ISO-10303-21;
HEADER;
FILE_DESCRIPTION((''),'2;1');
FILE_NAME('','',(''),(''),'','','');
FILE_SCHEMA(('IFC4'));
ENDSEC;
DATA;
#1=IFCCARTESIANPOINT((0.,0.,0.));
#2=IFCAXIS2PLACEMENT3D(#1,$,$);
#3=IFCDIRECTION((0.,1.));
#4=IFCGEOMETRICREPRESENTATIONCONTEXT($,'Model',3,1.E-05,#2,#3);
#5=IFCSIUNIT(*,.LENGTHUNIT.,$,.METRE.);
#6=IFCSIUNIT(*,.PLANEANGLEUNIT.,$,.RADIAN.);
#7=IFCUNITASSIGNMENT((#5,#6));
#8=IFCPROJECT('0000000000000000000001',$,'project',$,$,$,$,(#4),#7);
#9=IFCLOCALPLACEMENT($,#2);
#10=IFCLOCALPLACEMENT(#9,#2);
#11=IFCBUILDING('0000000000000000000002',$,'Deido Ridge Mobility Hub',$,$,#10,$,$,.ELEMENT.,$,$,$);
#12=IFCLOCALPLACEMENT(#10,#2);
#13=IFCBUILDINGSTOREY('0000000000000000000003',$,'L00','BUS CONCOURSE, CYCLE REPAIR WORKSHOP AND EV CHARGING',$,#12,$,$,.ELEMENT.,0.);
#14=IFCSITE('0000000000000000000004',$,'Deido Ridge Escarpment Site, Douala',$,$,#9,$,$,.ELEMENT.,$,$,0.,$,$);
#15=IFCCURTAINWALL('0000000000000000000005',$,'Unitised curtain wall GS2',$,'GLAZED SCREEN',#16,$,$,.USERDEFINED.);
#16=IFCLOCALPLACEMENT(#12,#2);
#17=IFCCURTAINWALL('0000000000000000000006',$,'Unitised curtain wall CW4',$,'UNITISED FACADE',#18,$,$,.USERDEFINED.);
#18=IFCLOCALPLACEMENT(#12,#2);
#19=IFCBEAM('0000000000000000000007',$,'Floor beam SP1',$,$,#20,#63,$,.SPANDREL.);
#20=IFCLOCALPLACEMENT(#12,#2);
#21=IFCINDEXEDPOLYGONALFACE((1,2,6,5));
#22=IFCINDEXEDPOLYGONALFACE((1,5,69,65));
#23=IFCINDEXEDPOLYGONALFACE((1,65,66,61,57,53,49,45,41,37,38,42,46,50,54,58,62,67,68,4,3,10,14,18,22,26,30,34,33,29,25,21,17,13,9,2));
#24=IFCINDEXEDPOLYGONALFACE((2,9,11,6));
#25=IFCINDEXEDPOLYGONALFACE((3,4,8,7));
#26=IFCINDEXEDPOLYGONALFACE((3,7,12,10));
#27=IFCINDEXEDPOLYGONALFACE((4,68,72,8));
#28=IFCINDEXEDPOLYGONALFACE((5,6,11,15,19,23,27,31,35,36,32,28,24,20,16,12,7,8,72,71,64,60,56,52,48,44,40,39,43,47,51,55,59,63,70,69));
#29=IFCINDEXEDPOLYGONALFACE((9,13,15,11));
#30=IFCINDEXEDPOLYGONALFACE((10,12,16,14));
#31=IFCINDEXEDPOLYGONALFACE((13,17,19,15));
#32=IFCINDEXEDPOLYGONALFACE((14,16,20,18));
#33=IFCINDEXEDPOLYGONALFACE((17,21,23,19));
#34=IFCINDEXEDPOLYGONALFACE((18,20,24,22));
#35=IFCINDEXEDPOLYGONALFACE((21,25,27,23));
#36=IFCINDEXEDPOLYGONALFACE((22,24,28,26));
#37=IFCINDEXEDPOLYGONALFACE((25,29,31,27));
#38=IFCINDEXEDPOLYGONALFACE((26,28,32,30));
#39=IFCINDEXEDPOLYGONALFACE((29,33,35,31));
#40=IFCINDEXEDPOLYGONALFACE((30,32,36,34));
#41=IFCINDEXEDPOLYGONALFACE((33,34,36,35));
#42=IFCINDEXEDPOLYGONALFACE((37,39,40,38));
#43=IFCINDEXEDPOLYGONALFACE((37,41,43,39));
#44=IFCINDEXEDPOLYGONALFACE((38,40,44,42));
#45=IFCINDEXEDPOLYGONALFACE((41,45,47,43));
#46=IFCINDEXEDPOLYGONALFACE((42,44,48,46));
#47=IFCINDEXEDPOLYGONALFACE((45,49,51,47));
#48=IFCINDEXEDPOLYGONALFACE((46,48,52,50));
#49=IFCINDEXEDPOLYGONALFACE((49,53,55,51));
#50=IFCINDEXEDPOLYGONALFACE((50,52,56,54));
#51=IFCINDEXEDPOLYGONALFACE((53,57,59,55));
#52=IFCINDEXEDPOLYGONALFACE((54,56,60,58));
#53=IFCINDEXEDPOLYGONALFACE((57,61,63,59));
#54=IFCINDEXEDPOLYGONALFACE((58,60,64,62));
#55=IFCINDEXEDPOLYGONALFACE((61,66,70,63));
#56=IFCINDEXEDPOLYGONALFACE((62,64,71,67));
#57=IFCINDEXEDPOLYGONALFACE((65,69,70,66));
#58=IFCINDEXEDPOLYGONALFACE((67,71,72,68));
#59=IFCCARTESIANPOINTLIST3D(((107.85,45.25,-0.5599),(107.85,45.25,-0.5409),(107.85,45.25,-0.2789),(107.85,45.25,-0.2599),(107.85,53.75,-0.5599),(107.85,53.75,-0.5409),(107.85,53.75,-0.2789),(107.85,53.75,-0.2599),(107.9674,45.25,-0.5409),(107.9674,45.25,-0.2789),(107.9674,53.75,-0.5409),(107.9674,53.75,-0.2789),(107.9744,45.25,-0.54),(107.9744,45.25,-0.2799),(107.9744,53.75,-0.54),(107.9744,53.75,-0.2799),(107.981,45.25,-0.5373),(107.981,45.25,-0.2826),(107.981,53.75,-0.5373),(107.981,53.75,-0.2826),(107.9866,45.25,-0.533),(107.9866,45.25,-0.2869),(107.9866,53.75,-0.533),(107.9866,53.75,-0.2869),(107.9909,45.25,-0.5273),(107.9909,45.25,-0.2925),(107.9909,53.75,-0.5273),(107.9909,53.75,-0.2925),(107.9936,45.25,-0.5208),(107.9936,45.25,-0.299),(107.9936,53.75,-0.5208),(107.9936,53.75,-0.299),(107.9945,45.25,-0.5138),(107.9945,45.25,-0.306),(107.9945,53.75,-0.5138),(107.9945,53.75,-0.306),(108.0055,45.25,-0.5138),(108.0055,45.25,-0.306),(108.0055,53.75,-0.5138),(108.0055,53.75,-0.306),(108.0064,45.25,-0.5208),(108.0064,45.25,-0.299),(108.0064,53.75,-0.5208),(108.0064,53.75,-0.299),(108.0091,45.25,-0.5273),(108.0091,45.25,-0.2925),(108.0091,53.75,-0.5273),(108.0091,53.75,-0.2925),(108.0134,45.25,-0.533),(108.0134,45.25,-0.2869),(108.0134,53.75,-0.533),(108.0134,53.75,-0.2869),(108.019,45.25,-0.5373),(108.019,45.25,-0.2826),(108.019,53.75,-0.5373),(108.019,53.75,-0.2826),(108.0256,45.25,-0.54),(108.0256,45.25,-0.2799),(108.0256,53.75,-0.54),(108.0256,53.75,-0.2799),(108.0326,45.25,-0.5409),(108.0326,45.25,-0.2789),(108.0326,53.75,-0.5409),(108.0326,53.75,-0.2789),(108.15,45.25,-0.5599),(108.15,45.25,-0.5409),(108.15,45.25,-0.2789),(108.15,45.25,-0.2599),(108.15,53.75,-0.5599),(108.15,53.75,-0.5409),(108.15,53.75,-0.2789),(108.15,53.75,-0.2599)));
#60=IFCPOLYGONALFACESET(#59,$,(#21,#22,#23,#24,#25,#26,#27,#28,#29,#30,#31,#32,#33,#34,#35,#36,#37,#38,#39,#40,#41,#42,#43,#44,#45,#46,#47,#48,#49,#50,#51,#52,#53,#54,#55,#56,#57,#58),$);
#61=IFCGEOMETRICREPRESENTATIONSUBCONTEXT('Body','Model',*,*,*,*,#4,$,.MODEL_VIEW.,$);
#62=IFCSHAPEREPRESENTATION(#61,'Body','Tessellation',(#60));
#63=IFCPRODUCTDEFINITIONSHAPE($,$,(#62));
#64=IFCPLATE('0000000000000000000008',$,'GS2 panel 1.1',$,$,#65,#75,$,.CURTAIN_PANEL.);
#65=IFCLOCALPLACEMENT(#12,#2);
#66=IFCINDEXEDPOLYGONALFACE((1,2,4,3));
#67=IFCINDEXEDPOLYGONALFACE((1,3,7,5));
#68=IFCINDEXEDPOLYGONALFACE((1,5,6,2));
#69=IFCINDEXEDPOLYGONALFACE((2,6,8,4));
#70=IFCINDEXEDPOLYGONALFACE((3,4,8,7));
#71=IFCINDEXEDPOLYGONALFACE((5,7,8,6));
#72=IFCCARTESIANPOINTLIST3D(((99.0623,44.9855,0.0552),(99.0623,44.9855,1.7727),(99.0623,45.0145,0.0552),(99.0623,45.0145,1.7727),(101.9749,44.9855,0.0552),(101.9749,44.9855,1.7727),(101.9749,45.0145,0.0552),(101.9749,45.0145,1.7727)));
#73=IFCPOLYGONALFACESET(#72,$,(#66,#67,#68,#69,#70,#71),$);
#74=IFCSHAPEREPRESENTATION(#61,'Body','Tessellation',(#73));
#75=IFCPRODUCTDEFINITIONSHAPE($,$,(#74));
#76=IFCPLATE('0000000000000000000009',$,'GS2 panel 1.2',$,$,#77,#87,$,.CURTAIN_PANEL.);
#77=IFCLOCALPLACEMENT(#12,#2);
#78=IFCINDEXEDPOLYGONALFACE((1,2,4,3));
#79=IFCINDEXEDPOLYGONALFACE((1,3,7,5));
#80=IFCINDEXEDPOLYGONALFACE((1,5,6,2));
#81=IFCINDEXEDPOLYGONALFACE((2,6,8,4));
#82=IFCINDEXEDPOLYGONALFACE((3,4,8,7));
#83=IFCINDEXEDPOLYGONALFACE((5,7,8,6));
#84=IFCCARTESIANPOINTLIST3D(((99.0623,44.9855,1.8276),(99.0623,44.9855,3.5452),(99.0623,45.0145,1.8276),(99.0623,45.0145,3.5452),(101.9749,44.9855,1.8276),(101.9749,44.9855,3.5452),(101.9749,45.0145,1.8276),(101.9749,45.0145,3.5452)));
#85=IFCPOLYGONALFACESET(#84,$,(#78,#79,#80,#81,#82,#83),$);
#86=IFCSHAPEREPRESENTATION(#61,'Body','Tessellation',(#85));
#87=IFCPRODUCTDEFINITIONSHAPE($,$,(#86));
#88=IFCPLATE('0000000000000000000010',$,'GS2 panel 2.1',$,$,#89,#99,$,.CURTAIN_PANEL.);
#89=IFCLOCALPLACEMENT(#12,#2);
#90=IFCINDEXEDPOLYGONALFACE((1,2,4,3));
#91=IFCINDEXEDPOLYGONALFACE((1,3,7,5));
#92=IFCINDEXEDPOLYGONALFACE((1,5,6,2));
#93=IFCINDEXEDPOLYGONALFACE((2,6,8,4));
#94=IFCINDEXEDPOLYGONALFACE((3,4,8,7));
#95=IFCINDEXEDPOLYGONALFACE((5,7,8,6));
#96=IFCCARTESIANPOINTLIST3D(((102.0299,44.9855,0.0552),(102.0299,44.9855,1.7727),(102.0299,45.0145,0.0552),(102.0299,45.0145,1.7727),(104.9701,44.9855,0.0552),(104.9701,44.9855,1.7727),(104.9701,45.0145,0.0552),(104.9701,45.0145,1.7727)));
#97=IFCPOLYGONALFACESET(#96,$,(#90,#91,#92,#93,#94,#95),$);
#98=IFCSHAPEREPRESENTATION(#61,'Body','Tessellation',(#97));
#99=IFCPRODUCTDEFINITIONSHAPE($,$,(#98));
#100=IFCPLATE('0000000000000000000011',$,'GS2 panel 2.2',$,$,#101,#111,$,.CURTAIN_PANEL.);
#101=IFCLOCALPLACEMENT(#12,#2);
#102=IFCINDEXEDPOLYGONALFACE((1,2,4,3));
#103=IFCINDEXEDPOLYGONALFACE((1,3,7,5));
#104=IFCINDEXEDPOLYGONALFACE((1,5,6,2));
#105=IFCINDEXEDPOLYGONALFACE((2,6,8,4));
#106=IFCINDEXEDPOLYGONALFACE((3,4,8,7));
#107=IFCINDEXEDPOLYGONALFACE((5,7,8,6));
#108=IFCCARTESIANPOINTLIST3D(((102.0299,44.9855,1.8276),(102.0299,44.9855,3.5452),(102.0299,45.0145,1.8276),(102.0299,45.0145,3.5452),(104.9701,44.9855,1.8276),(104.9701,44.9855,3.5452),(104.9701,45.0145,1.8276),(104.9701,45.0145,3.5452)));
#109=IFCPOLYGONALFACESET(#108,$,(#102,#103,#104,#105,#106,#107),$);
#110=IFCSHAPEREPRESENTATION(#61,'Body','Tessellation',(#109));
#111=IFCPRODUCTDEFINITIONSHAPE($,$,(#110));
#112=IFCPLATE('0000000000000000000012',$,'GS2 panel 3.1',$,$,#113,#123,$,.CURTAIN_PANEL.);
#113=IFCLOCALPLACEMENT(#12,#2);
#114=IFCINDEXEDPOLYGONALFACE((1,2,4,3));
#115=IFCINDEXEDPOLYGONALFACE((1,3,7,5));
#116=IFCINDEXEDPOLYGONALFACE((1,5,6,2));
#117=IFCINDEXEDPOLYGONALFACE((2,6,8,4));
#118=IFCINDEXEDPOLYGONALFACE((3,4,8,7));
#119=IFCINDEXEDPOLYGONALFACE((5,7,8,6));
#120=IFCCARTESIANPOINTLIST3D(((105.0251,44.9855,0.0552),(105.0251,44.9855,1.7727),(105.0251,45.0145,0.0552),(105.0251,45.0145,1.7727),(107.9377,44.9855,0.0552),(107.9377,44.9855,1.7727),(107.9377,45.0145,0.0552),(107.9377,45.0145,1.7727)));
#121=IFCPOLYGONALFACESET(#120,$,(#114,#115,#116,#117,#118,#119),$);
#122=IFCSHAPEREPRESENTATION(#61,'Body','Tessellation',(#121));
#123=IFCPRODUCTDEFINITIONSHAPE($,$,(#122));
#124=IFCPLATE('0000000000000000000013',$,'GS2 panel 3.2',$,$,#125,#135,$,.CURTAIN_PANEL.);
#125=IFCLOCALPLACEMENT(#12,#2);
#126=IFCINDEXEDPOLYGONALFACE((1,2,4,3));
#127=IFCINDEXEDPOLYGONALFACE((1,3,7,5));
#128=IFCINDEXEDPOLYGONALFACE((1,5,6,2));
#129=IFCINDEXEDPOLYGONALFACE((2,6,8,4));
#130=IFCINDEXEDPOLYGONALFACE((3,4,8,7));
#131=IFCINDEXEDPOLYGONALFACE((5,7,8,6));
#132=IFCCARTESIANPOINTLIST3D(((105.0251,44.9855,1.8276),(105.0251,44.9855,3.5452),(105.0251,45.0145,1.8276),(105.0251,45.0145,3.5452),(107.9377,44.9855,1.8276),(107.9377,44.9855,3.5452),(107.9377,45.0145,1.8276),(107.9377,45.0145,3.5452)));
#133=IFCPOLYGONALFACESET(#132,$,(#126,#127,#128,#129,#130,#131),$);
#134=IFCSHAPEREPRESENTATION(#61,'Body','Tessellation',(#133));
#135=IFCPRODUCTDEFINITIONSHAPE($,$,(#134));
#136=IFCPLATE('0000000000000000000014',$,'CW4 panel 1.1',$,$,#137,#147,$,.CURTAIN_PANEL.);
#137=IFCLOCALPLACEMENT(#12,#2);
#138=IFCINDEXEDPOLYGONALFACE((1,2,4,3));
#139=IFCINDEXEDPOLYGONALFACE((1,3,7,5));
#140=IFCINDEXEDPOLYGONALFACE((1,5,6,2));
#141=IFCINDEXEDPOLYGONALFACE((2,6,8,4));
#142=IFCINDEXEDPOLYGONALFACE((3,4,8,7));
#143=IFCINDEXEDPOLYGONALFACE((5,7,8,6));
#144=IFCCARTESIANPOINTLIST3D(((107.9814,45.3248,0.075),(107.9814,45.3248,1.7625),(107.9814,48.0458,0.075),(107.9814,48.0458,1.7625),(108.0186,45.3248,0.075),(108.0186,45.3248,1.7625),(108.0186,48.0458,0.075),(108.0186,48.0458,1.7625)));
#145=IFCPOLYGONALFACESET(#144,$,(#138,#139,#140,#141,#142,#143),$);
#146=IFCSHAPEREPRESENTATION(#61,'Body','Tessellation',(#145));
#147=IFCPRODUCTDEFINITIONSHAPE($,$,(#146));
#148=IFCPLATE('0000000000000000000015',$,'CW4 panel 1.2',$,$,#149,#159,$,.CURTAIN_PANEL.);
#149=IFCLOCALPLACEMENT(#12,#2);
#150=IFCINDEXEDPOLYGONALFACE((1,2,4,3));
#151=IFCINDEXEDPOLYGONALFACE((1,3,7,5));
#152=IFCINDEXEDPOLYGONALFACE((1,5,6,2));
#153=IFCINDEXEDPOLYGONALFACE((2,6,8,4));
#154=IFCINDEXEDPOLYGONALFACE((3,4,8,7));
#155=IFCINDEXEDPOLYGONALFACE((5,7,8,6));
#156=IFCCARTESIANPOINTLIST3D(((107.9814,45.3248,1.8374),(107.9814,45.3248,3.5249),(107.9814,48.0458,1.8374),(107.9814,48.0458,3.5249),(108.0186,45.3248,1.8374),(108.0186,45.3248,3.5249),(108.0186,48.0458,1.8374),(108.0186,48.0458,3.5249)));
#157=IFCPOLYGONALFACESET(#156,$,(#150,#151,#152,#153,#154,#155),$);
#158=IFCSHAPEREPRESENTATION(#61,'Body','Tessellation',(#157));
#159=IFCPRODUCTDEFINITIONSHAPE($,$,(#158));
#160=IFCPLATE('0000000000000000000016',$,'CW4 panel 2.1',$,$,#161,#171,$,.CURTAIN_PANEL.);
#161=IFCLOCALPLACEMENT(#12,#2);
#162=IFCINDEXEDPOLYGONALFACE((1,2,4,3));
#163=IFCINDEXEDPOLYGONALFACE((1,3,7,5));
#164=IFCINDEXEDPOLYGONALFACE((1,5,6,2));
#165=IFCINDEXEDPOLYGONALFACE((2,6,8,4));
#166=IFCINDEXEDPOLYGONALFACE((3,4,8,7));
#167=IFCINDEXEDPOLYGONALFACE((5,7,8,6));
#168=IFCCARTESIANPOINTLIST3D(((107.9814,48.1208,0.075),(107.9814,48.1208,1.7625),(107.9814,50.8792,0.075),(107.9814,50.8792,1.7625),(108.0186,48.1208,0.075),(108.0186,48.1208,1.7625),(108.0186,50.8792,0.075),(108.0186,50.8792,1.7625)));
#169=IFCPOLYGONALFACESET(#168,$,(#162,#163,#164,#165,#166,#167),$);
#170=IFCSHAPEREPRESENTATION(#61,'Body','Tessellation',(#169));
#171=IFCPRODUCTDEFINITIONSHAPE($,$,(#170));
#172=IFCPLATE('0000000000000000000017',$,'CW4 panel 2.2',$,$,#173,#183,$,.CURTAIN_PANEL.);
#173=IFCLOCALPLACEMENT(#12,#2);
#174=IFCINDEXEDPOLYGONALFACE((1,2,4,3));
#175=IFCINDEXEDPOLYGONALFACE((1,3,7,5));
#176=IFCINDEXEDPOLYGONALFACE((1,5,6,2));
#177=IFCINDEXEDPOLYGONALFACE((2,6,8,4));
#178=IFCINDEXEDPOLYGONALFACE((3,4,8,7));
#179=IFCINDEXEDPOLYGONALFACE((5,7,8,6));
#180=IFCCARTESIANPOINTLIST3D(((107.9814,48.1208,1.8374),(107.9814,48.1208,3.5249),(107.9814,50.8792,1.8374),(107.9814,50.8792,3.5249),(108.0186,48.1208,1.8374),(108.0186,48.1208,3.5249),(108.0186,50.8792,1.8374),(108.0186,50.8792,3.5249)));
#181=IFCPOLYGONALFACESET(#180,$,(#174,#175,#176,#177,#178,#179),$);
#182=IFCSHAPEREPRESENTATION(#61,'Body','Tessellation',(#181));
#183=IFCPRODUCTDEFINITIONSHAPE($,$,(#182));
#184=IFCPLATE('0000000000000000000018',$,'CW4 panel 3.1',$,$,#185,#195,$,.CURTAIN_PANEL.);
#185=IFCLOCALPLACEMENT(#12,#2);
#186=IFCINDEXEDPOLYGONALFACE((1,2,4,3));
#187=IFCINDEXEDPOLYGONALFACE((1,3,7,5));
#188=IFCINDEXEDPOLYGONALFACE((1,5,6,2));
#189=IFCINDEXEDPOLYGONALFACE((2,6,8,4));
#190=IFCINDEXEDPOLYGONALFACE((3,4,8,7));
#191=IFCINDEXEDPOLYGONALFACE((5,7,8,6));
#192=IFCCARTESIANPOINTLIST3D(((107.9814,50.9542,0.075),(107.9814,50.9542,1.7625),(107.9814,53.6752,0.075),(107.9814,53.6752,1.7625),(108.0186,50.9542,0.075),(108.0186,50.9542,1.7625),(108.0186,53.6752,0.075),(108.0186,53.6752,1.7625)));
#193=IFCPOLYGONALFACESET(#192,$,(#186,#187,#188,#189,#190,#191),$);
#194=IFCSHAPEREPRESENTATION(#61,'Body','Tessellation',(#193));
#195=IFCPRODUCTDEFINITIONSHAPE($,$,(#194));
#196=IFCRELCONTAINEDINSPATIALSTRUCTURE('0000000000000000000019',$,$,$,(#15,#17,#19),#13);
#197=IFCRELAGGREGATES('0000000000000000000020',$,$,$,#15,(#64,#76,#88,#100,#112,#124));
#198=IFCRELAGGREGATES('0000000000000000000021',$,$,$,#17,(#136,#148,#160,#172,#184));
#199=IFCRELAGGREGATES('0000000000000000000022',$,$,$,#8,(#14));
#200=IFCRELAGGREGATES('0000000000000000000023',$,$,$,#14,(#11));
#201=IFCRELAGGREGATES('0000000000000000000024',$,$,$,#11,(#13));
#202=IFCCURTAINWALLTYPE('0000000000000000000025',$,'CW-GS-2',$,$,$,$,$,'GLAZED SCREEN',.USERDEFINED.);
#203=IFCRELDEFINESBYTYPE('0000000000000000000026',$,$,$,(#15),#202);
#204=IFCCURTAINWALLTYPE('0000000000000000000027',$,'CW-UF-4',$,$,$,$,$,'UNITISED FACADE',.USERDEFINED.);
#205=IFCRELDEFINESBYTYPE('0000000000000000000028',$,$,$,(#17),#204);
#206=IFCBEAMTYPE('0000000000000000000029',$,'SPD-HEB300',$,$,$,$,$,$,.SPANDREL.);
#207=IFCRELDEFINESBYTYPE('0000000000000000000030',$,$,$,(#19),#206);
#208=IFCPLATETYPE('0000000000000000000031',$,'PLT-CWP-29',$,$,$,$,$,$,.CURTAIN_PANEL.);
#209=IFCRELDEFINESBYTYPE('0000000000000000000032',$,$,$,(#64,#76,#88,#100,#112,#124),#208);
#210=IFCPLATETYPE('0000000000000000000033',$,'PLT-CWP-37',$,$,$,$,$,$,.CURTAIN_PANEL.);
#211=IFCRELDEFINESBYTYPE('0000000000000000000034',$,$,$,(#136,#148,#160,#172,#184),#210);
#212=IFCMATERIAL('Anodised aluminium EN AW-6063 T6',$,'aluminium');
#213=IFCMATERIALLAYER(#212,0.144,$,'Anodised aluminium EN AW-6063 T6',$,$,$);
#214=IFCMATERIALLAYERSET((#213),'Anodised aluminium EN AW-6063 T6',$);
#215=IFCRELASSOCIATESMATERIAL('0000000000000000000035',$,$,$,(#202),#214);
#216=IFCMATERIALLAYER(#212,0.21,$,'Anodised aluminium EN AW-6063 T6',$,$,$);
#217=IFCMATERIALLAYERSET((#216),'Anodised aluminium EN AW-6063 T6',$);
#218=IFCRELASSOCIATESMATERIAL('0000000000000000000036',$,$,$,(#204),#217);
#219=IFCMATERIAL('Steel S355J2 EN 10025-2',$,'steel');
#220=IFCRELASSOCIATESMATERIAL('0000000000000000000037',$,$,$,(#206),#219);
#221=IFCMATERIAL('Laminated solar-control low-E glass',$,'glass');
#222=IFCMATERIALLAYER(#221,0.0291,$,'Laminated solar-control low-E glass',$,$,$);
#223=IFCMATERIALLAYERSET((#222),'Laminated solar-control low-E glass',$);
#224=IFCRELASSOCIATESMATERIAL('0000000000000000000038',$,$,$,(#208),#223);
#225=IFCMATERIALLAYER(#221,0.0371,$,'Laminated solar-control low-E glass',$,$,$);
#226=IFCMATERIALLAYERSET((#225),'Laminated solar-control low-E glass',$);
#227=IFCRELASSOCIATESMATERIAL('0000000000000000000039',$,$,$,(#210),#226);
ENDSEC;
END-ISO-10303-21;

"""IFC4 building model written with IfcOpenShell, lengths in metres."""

from ifc_helpers import new_model, si_unit, direction, frame, origin, origin_2d, place, context, subcontext, project, spatial, rectangle, i_section, extrude, material, layer, layer_set, material_profile, profile_set, type_object, element, aggregate, save


model = new_model("IFC4")

# Units and contexts
model_context = context("Model", 3, precision=1e-05, world=origin(), true_north=direction((0.0, 1.0)))
body_context = subcontext(model_context, "Body", "Model", "MODEL_VIEW")
ifc_project = project(units=[si_unit("LENGTHUNIT", "METRE"), si_unit("PLANEANGLEUNIT", "RADIAN")], contexts=[model_context])

# Site, building, storey
site_placement = place(None, origin())
site = spatial("IfcSite", under=ifc_project, at=site_placement, Name="Deido Ridge Escarpment Site, Douala", CompositionType="ELEMENT", RefElevation=0.0)
building_placement = place(site_placement, origin())
building = spatial("IfcBuilding", under=site, at=building_placement, Name="Deido Ridge Mobility Hub", CompositionType="ELEMENT")
storey_placement = place(building_placement, origin())
storey = spatial("IfcBuildingStorey", under=building, at=storey_placement, Name="L00", Description="BUS CONCOURSE, CYCLE REPAIR WORKSHOP AND EV CHARGING", CompositionType="ELEMENT", Elevation=0.0)

# Shared definitions
ifc_material_1 = material(Name="Steel S355J2 EN 10025-2", Category="steel")

# Curtain walls
ifc_material_2 = material(Name="Anodised aluminium EN AW-6063 T6", Category="aluminium")
ifc_layer_1 = layer(ifc_material_2, 0.144, Name="Anodised aluminium EN AW-6063 T6")
ifc_layer_set_1 = layer_set([ifc_layer_1], Name="Anodised aluminium EN AW-6063 T6")
curtain_wall_type_1 = type_object("IfcCurtainWallType", Name="CW-GS-2", ElementType="GLAZED SCREEN", PredefinedType="USERDEFINED", material=ifc_layer_set_1)
curtain_wall_1_placement = place(storey_placement, origin())
curtain_wall_1 = element("IfcCurtainWall", 1, at=curtain_wall_1_placement, inside=storey, type_object=curtain_wall_type_1, Name="Unitised curtain wall GS2", ObjectType="GLAZED SCREEN", PredefinedType="USERDEFINED")
ifc_layer_2 = layer(ifc_material_2, 0.21, Name="Anodised aluminium EN AW-6063 T6")
ifc_layer_set_2 = layer_set([ifc_layer_2], Name="Anodised aluminium EN AW-6063 T6")
curtain_wall_type_2 = type_object("IfcCurtainWallType", Name="CW-UF-4", ElementType="UNITISED FACADE", PredefinedType="USERDEFINED", material=ifc_layer_set_2)
curtain_wall_2_placement = place(storey_placement, origin())
curtain_wall_2 = element("IfcCurtainWall", 2, at=curtain_wall_2_placement, inside=storey, type_object=curtain_wall_type_2, Name="Unitised curtain wall CW4", ObjectType="UNITISED FACADE", PredefinedType="USERDEFINED")

# Beam
ifc_material_profile_1 = material_profile(ifc_material_1, i_section(OverallWidth=0.3, OverallDepth=0.3, WebThickness=0.011, FlangeThickness=0.019, FilletRadius=0.0271, at=origin_2d()), Name="HEB 300")
ifc_profile_set_1 = profile_set([ifc_material_profile_1], Name="Steel S355J2 EN 10025-2")
beam_type_1 = type_object("IfcBeamType", Name="SPD-HEB300", PredefinedType="SPANDREL", material=ifc_profile_set_1)
beam_1_placement = place(storey_placement, frame((108.0, 45.25, -0.4099), z_axis=(0.0, 1.0, 0.0), x_axis=(-1.0, 0.0, 0.0)))
element("IfcBeam", 3, at=beam_1_placement, inside=storey, type_object=beam_type_1, Name="Floor beam SP1", PredefinedType="SPANDREL", context=body_context, shape_type="SweptSolid", body=[
    extrude(i_section(OverallWidth=0.3, OverallDepth=0.3, WebThickness=0.011, FlangeThickness=0.019, FilletRadius=0.0271, at=origin_2d()), origin(), (0.0, 0.0, 1.0), 8.5),
])

# Plates
ifc_material_3 = material(Name="Laminated solar-control low-E glass", Category="glass")
ifc_layer_3 = layer(ifc_material_3, 0.0291, Name="Laminated solar-control low-E glass")
ifc_layer_set_3 = layer_set([ifc_layer_3], Name="Laminated solar-control low-E glass")
plate_type_1 = type_object("IfcPlateType", Name="PLT-CWP-29", PredefinedType="CURTAIN_PANEL", material=ifc_layer_set_3)
plate_1_placement = place(storey_placement, frame((100.5186, 45.0, 0.0552), z_axis=(0.0, 0.0, 1.0), x_axis=(1.0, 0.0, 0.0)))
plate_1 = element("IfcPlate", 4, at=plate_1_placement, type_object=plate_type_1, Name="GS2 panel 1.1", PredefinedType="CURTAIN_PANEL", context=body_context, shape_type="SweptSolid", body=[
    extrude(rectangle(XDim=2.9126, YDim=0.0291, at=origin_2d()), origin(), (0.0, 0.0, 1.0), 1.7175),
])
plate_2_placement = place(storey_placement, frame((100.5186, 45.0, 1.8276), z_axis=(0.0, 0.0, 1.0), x_axis=(1.0, 0.0, 0.0)))
plate_2 = element("IfcPlate", 5, at=plate_2_placement, type_object=plate_type_1, Name="GS2 panel 1.2", PredefinedType="CURTAIN_PANEL", context=body_context, shape_type="SweptSolid", body=[
    extrude(rectangle(XDim=2.9126, YDim=0.0291, at=origin_2d()), origin(), (0.0, 0.0, 1.0), 1.7175),
])
plate_3_placement = place(storey_placement, frame((103.5, 45.0, 0.0552), z_axis=(0.0, 0.0, 1.0), x_axis=(1.0, 0.0, 0.0)))
plate_3 = element("IfcPlate", 6, at=plate_3_placement, type_object=plate_type_1, Name="GS2 panel 2.1", PredefinedType="CURTAIN_PANEL", context=body_context, shape_type="SweptSolid", body=[
    extrude(rectangle(XDim=2.9402, YDim=0.0291, at=origin_2d()), origin(), (0.0, 0.0, 1.0), 1.7175),
])
plate_4_placement = place(storey_placement, frame((103.5, 45.0, 1.8276), z_axis=(0.0, 0.0, 1.0), x_axis=(1.0, 0.0, 0.0)))
plate_4 = element("IfcPlate", 7, at=plate_4_placement, type_object=plate_type_1, Name="GS2 panel 2.2", PredefinedType="CURTAIN_PANEL", context=body_context, shape_type="SweptSolid", body=[
    extrude(rectangle(XDim=2.9402, YDim=0.0291, at=origin_2d()), origin(), (0.0, 0.0, 1.0), 1.7175),
])
plate_5_placement = place(storey_placement, frame((106.4814, 45.0, 0.0552), z_axis=(0.0, 0.0, 1.0), x_axis=(1.0, 0.0, 0.0)))
plate_5 = element("IfcPlate", 8, at=plate_5_placement, type_object=plate_type_1, Name="GS2 panel 3.1", PredefinedType="CURTAIN_PANEL", context=body_context, shape_type="SweptSolid", body=[
    extrude(rectangle(XDim=2.9126, YDim=0.0291, at=origin_2d()), origin(), (0.0, 0.0, 1.0), 1.7175),
])
plate_6_placement = place(storey_placement, frame((106.4814, 45.0, 1.8276), z_axis=(0.0, 0.0, 1.0), x_axis=(1.0, 0.0, 0.0)))
plate_6 = element("IfcPlate", 9, at=plate_6_placement, type_object=plate_type_1, Name="GS2 panel 3.2", PredefinedType="CURTAIN_PANEL", context=body_context, shape_type="SweptSolid", body=[
    extrude(rectangle(XDim=2.9126, YDim=0.0291, at=origin_2d()), origin(), (0.0, 0.0, 1.0), 1.7175),
])
aggregate(curtain_wall_1, [plate_1, plate_2, plate_3, plate_4, plate_5, plate_6])
ifc_layer_4 = layer(ifc_material_3, 0.0371, Name="Laminated solar-control low-E glass")
ifc_layer_set_4 = layer_set([ifc_layer_4], Name="Laminated solar-control low-E glass")
plate_type_2 = type_object("IfcPlateType", Name="PLT-CWP-37", PredefinedType="CURTAIN_PANEL", material=ifc_layer_set_4)
plate_7_placement = place(storey_placement, frame((108.0, 46.6853, 0.075), z_axis=(0.0, 0.0, 1.0), x_axis=(0.0, 1.0, 0.0)))
plate_7 = element("IfcPlate", 10, at=plate_7_placement, type_object=plate_type_2, Name="CW4 panel 1.1", PredefinedType="CURTAIN_PANEL", context=body_context, shape_type="SweptSolid", body=[
    extrude(rectangle(XDim=2.7209, YDim=0.0371, at=origin_2d()), origin(), (0.0, 0.0, 1.0), 1.6875),
])
plate_8_placement = place(storey_placement, frame((108.0, 46.6853, 1.8374), z_axis=(0.0, 0.0, 1.0), x_axis=(0.0, 1.0, 0.0)))
plate_8 = element("IfcPlate", 11, at=plate_8_placement, type_object=plate_type_2, Name="CW4 panel 1.2", PredefinedType="CURTAIN_PANEL", context=body_context, shape_type="SweptSolid", body=[
    extrude(rectangle(XDim=2.7209, YDim=0.0371, at=origin_2d()), origin(), (0.0, 0.0, 1.0), 1.6875),
])
plate_9_placement = place(storey_placement, frame((108.0, 49.5, 0.075), z_axis=(0.0, 0.0, 1.0), x_axis=(0.0, 1.0, 0.0)))
plate_9 = element("IfcPlate", 12, at=plate_9_placement, type_object=plate_type_2, Name="CW4 panel 2.1", PredefinedType="CURTAIN_PANEL", context=body_context, shape_type="SweptSolid", body=[
    extrude(rectangle(XDim=2.7583, YDim=0.0371, at=origin_2d()), origin(), (0.0, 0.0, 1.0), 1.6875),
])
plate_10_placement = place(storey_placement, frame((108.0, 49.5, 1.8374), z_axis=(0.0, 0.0, 1.0), x_axis=(0.0, 1.0, 0.0)))
plate_10 = element("IfcPlate", 13, at=plate_10_placement, type_object=plate_type_2, Name="CW4 panel 2.2", PredefinedType="CURTAIN_PANEL", context=body_context, shape_type="SweptSolid", body=[
    extrude(rectangle(XDim=2.7583, YDim=0.0371, at=origin_2d()), origin(), (0.0, 0.0, 1.0), 1.6875),
])
plate_11_placement = place(storey_placement, frame((108.0, 52.3147, 0.075), z_axis=(0.0, 0.0, 1.0), x_axis=(0.0, 1.0, 0.0)))
plate_11 = element("IfcPlate", 14, at=plate_11_placement, type_object=plate_type_2, Name="CW4 panel 3.1", PredefinedType="CURTAIN_PANEL", context=body_context, shape_type="SweptSolid", body=[
    extrude(rectangle(XDim=2.7209, YDim=0.0371, at=origin_2d()), origin(), (0.0, 0.0, 1.0), 1.6875),
])
aggregate(curtain_wall_2, [plate_7, plate_8, plate_9, plate_10, plate_11])

save(model, "model.ifc")
